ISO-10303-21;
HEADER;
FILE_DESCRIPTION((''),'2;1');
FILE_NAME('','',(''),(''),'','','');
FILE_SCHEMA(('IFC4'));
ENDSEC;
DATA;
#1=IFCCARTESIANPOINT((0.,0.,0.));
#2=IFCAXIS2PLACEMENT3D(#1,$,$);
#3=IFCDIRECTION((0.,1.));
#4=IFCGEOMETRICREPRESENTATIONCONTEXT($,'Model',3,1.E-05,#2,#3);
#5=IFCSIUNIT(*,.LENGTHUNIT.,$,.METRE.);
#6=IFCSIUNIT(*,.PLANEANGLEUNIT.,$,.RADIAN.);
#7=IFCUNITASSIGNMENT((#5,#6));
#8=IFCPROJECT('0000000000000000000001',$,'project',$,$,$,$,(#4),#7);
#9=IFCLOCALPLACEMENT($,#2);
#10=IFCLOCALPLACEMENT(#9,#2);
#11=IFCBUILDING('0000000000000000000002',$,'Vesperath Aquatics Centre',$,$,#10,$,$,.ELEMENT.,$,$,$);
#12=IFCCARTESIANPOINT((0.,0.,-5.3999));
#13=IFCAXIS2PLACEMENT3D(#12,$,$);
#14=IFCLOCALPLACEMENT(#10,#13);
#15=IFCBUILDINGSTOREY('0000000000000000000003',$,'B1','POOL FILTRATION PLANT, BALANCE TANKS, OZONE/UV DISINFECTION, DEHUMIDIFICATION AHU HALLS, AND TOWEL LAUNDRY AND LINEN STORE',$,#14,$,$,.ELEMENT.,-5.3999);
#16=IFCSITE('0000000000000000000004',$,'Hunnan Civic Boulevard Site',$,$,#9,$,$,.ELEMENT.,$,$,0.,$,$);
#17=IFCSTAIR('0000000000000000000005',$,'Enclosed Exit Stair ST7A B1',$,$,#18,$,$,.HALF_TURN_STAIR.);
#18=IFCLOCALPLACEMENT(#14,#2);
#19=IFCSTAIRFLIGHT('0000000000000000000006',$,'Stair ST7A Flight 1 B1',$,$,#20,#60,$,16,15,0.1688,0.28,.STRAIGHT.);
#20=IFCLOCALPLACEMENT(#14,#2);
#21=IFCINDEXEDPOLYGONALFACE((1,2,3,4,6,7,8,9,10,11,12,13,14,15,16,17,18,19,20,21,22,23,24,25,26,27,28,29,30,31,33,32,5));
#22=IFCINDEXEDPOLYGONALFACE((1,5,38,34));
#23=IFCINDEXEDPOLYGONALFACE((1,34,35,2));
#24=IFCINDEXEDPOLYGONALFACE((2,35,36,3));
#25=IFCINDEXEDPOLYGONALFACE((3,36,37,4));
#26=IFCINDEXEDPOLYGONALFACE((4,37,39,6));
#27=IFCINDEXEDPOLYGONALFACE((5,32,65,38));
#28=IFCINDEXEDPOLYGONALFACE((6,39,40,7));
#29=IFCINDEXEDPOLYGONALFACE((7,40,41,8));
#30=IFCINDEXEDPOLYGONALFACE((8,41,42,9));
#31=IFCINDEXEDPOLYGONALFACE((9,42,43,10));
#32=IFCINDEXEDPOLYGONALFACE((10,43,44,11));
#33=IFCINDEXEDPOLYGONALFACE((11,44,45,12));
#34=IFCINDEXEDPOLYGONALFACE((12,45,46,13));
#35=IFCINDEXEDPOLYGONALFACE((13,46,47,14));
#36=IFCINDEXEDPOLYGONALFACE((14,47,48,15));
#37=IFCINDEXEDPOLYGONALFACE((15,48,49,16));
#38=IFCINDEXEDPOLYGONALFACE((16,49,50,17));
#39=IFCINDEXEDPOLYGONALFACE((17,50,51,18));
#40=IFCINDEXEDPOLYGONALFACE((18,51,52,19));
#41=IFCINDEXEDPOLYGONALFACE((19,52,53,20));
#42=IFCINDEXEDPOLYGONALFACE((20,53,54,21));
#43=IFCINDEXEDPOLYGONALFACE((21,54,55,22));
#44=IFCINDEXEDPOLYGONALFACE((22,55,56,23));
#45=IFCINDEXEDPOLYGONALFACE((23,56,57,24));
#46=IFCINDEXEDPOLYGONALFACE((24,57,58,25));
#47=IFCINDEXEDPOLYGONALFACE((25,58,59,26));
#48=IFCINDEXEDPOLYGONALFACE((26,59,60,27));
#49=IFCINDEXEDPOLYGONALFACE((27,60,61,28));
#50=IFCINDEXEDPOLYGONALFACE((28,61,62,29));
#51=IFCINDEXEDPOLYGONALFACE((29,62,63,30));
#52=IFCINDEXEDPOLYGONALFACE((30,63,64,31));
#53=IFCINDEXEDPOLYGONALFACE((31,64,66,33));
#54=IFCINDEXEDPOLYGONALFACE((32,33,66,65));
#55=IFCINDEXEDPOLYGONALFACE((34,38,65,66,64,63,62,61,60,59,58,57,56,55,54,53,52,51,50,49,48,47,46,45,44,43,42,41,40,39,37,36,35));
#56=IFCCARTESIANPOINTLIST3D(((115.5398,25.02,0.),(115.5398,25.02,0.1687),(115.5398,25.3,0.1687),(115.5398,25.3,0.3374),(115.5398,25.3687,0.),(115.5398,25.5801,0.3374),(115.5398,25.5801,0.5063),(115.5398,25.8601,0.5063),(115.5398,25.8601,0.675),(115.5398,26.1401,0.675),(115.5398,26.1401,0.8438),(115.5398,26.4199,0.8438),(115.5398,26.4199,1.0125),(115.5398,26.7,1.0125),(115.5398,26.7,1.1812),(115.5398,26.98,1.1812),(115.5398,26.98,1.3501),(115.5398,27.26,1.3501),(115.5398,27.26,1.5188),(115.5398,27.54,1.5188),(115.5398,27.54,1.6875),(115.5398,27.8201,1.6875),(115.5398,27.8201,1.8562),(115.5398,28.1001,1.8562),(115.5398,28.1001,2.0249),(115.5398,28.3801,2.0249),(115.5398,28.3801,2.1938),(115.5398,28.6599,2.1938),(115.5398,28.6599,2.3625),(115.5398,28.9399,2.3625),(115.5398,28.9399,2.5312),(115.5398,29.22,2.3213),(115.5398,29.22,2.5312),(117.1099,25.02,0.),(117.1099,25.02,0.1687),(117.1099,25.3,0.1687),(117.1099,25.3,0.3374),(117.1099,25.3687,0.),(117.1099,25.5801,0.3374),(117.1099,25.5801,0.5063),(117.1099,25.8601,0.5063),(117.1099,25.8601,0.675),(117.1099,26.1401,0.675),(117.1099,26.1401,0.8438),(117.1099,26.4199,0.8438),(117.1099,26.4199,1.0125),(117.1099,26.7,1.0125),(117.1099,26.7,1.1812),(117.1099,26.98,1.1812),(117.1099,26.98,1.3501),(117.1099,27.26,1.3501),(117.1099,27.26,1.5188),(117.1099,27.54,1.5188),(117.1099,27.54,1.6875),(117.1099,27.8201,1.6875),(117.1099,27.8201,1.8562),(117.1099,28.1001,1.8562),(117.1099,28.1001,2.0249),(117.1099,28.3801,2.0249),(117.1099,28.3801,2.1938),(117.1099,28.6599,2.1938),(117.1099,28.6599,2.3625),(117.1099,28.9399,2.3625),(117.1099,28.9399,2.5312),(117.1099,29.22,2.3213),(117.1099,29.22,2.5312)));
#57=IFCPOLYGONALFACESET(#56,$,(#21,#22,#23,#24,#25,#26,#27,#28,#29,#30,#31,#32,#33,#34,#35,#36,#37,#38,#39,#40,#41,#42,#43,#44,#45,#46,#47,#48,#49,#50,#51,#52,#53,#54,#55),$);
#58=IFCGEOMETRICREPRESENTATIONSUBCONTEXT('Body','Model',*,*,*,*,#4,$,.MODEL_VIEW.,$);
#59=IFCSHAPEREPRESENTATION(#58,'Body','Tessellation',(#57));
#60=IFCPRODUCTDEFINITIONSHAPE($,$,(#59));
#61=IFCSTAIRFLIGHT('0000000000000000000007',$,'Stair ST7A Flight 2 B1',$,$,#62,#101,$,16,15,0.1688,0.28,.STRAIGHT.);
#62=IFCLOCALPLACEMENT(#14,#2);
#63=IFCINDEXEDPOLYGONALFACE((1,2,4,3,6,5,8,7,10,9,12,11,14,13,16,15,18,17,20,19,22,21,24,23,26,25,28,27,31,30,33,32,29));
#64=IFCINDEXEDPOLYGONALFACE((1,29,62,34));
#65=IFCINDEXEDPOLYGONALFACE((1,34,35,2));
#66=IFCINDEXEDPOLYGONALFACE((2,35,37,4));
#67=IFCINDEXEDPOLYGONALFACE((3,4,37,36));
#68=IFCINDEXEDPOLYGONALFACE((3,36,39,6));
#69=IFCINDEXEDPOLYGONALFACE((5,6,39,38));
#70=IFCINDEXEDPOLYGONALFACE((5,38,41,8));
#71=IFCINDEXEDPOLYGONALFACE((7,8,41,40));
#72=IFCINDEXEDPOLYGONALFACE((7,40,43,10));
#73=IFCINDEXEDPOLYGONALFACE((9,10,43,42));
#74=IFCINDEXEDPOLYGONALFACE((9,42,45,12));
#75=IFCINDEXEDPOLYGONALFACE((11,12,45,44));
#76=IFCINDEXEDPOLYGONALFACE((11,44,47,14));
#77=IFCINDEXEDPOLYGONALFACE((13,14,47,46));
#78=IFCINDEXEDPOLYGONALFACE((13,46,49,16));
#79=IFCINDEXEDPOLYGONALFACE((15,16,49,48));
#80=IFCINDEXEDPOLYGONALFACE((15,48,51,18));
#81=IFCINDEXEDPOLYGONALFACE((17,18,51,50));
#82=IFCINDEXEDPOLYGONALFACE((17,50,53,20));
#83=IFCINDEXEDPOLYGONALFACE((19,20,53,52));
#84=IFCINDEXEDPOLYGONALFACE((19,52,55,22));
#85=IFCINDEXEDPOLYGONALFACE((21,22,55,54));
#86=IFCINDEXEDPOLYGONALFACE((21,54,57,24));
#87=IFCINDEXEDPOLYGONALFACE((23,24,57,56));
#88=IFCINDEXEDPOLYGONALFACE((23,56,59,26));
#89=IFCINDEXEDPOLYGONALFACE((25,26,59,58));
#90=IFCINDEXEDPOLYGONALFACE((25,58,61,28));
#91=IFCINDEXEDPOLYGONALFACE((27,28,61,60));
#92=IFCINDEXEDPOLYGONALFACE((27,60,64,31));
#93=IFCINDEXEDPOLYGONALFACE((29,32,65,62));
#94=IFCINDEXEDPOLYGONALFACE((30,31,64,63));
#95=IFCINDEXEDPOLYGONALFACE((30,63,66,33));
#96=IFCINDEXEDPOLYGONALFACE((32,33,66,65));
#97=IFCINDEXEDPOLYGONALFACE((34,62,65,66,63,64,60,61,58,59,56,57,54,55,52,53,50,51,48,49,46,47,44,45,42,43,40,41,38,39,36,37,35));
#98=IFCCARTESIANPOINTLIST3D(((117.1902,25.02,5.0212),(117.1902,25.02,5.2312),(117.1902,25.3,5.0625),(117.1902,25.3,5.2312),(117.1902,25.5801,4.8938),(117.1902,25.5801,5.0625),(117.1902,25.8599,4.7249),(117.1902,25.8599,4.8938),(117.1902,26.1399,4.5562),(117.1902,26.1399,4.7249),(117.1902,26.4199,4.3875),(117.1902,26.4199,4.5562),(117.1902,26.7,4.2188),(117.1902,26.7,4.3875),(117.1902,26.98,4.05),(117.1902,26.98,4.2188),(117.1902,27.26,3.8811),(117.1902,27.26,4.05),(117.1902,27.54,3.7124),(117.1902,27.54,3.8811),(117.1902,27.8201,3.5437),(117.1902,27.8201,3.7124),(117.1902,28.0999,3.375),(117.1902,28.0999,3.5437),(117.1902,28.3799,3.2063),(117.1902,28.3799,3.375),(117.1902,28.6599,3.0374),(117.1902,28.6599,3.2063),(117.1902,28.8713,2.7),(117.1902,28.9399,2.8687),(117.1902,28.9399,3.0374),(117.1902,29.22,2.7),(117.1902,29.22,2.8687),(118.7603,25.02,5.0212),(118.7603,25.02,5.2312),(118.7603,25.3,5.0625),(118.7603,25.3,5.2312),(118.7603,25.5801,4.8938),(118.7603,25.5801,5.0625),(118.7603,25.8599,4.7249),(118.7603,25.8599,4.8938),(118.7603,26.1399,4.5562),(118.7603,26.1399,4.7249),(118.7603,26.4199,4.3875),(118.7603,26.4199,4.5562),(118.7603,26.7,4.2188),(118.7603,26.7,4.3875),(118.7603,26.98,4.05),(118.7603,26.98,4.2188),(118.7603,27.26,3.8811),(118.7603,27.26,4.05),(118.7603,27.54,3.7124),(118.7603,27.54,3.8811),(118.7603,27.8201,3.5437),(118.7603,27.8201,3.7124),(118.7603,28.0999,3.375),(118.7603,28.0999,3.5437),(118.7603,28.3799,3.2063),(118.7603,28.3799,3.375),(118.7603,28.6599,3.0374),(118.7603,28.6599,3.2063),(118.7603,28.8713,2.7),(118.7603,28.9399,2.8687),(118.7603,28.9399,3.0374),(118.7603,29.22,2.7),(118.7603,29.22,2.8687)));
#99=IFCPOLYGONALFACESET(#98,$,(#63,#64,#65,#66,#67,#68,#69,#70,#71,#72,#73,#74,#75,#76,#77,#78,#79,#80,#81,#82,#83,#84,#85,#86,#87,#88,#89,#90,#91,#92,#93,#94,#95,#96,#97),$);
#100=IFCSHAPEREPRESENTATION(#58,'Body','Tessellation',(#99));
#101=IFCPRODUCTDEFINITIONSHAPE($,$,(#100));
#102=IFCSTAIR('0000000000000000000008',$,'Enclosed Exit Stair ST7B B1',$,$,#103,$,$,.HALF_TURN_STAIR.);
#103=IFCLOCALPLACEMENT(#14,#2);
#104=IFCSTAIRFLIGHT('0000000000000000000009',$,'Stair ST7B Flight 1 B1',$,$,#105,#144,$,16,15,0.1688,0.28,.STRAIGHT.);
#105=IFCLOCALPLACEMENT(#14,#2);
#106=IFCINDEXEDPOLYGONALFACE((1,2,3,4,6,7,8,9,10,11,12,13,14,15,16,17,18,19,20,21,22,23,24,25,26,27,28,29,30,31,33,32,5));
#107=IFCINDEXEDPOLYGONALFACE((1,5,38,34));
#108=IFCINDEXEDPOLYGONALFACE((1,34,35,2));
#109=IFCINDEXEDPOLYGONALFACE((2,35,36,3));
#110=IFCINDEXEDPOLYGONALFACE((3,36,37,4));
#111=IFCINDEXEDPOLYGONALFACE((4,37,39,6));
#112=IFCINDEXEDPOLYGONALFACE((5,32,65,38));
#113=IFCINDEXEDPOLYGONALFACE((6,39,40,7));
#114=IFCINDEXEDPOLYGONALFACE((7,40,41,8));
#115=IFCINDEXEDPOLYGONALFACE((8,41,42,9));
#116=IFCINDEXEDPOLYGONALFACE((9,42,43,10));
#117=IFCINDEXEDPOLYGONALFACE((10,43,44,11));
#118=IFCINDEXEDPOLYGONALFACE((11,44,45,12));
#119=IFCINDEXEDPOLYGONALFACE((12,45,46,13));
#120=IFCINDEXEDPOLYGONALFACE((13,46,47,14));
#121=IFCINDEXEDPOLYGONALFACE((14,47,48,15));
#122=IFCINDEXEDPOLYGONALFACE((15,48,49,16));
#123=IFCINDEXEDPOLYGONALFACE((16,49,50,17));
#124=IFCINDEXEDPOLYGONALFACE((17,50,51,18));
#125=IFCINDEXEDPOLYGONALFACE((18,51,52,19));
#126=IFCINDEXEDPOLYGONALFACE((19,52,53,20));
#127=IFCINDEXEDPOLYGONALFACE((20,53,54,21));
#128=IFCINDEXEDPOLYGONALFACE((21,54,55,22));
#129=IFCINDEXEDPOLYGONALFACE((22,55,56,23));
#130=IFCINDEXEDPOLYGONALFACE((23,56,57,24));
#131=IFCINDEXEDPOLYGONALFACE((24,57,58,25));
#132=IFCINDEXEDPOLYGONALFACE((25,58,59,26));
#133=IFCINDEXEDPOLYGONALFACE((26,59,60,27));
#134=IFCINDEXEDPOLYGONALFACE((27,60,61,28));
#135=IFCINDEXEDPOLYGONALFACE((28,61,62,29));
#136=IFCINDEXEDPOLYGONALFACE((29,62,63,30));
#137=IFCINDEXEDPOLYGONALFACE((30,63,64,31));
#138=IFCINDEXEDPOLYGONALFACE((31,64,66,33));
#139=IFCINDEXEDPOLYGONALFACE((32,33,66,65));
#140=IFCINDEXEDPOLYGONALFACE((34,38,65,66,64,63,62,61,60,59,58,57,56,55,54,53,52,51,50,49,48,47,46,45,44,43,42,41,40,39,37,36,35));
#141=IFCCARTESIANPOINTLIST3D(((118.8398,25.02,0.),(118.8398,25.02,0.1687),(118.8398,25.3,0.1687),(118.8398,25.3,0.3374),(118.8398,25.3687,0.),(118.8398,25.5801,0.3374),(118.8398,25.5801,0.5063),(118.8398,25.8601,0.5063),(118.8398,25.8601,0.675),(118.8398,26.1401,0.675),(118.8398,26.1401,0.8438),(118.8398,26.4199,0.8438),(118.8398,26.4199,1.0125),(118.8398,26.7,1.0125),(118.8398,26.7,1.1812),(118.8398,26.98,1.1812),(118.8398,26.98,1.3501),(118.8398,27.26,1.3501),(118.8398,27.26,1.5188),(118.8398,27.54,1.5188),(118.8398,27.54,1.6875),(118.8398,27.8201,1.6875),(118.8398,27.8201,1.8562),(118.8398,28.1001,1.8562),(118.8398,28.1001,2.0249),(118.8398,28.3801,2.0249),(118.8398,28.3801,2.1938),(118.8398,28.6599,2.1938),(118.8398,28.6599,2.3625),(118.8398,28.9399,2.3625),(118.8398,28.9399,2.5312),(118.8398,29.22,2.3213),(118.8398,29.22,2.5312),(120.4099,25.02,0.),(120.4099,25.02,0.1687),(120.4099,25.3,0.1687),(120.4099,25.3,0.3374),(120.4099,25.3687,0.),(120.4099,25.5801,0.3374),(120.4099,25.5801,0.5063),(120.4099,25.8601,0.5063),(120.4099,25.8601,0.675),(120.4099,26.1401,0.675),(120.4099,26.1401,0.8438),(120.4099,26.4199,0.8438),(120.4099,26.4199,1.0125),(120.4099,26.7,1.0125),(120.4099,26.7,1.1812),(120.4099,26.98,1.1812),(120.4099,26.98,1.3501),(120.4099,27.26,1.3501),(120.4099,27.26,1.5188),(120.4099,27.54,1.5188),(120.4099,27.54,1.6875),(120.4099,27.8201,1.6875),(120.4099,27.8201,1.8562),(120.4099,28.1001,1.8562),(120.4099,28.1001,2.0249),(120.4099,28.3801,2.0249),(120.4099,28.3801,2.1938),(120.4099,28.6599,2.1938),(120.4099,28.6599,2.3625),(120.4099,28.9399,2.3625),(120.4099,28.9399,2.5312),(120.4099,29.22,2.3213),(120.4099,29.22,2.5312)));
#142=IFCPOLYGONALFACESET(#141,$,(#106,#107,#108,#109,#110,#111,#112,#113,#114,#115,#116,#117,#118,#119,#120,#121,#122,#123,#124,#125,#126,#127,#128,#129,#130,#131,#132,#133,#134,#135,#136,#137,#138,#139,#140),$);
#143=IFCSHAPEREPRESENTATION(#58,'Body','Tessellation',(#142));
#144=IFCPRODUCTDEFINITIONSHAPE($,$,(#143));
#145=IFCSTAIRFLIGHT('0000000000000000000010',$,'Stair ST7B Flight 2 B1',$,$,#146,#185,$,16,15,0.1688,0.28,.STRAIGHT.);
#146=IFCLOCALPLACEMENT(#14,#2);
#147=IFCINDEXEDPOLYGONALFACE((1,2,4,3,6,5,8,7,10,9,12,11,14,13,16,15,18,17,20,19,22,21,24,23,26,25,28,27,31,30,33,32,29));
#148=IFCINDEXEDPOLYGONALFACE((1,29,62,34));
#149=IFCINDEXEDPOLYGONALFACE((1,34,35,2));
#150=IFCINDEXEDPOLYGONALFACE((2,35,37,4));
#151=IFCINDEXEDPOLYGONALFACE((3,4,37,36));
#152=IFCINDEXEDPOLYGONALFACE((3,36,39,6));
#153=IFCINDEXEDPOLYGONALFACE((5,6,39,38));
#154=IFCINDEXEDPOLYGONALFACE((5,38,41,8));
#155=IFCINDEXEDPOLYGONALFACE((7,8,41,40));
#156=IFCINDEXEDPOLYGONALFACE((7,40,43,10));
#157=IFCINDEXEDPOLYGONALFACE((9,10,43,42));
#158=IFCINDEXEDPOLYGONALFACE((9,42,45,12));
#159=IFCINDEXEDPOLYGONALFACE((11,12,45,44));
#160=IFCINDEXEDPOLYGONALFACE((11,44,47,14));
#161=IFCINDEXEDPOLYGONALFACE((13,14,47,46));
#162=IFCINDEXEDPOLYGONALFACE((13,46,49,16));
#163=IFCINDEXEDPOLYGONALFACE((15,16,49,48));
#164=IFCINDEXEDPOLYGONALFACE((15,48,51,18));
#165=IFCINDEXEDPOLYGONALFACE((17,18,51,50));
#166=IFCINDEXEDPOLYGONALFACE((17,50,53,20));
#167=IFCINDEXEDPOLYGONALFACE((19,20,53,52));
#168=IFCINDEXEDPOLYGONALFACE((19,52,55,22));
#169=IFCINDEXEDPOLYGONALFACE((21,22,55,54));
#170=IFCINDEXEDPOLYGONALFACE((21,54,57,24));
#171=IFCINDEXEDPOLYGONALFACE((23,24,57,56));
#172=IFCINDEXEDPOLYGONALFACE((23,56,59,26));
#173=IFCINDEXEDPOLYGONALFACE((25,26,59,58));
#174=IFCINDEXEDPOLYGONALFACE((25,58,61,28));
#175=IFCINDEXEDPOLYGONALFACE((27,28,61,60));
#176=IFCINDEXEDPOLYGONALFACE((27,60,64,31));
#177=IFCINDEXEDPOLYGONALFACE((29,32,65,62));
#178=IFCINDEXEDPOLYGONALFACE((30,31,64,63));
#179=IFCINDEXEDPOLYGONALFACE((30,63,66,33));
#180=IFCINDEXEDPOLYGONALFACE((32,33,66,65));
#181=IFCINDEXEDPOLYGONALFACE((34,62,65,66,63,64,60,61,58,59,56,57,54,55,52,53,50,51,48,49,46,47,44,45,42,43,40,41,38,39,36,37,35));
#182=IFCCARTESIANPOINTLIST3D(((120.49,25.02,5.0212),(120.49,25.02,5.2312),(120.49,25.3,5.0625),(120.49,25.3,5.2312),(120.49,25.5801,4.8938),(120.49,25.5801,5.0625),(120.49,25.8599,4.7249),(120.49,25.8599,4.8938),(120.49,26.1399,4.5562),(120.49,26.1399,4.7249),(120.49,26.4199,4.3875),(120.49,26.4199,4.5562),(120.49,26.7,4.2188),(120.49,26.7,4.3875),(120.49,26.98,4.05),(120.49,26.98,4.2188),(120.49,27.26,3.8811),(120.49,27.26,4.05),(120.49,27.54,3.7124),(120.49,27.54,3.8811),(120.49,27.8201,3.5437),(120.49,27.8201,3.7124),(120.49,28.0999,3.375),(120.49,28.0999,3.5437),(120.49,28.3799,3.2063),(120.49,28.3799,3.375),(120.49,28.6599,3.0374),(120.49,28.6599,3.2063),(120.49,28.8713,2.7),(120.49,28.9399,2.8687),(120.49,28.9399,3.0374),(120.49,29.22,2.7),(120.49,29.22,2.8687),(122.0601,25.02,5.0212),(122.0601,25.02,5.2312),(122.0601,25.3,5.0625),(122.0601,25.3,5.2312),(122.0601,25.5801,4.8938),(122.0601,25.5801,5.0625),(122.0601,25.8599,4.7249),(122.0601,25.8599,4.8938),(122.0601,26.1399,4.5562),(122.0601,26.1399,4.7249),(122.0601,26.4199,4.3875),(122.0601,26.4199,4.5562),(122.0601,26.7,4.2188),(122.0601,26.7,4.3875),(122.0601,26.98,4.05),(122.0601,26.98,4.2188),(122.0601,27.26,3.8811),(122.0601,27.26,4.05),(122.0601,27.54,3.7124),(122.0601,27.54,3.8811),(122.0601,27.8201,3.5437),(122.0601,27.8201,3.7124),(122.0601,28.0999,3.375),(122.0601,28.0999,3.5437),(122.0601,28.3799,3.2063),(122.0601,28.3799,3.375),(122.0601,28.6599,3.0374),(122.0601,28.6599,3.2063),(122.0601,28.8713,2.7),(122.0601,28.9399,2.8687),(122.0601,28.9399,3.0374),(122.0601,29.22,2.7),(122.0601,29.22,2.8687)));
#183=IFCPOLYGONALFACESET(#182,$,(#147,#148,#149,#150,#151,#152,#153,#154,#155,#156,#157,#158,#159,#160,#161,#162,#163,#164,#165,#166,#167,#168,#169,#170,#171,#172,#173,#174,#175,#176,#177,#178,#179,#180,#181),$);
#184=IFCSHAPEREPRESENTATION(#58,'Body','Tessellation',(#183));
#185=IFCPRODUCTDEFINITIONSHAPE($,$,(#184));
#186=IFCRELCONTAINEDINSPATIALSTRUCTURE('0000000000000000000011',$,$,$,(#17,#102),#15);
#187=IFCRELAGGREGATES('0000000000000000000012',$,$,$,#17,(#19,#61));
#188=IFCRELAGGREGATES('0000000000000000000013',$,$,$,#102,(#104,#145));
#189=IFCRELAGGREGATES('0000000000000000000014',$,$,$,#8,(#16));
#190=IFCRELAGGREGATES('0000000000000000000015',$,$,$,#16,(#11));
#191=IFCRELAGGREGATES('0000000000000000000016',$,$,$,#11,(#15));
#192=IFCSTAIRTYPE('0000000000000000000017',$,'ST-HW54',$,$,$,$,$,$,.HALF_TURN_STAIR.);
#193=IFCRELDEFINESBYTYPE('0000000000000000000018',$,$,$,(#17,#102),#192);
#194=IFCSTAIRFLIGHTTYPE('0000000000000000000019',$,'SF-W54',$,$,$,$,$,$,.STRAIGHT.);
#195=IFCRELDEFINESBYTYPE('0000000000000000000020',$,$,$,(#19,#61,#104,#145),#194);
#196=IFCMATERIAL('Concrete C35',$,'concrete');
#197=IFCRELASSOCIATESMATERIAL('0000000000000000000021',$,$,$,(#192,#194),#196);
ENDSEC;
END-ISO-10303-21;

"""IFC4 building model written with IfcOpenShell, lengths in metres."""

from ifc_helpers import new_model, si_unit, direction, frame, origin, place, context, subcontext, project, spatial, polyline, outline, extrude, material, type_object, element, aggregate, save


model = new_model("IFC4")

# Units and contexts
model_context = context("Model", 3, precision=1e-05, world=origin(), true_north=direction((0.0, 1.0)))
body_context = subcontext(model_context, "Body", "Model", "MODEL_VIEW")
ifc_project = project(units=[si_unit("LENGTHUNIT", "METRE"), si_unit("PLANEANGLEUNIT", "RADIAN")], contexts=[model_context])

# Site, building, storey
site_placement = place(None, origin())
site = spatial("IfcSite", under=ifc_project, at=site_placement, Name="Hunnan Civic Boulevard Site", CompositionType="ELEMENT", RefElevation=0.0)
building_placement = place(site_placement, origin())
building = spatial("IfcBuilding", under=site, at=building_placement, Name="Vesperath Aquatics Centre", CompositionType="ELEMENT")
storey_placement = place(building_placement, frame((0.0, 0.0, -5.3999)))
storey = spatial("IfcBuildingStorey", under=building, at=storey_placement, Name="B1", Description="POOL FILTRATION PLANT, BALANCE TANKS, OZONE/UV DISINFECTION, DEHUMIDIFICATION AHU HALLS, AND TOWEL LAUNDRY AND LINEN STORE", CompositionType="ELEMENT", Elevation=-5.3999)

# Shared definitions
ifc_material_1 = material(Name="Concrete C35", Category="concrete")

# Stairs, stair flights
stair_type = type_object("IfcStairType", Name="ST-HW54", PredefinedType="HALF_TURN_STAIR", material=ifc_material_1)
stair_1_placement = place(storey_placement, origin())
stair_1 = element("IfcStair", 1, at=stair_1_placement, inside=storey, type_object=stair_type, Name="Enclosed Exit Stair ST7A B1", PredefinedType="HALF_TURN_STAIR")
stair_flight_type = type_object("IfcStairFlightType", Name="SF-W54", PredefinedType="STRAIGHT", material=ifc_material_1)
stair_flight_1_placement = place(storey_placement, frame((116.325, 25.02, 0.0), z_axis=(0.0, 0.0, 1.0), x_axis=(0.0, 1.0, 0.0)))
stair_flight_1 = element("IfcStairFlight", 2, at=stair_flight_1_placement, type_object=stair_flight_type, Name="Stair ST7A Flight 1 B1", NumberOfRisers=16, NumberOfTreads=15, PredefinedType="STRAIGHT", RiserHeight=0.1688, TreadLength=0.28, context=body_context, shape_type="SweptSolid", body=[
    extrude(outline(polyline([(0.0, 0.0), (0.0, 0.1687), (0.28, 0.1687), (0.28, 0.3374), (0.5601, 0.3374), (0.5601, 0.5063), (0.8401, 0.5063), (0.8401, 0.675), (1.1201, 0.675), (1.1201, 0.8438), (1.3999, 0.8438), (1.3999, 1.0125), (1.6799, 1.0125), (1.6799, 1.1812), (1.96, 1.1812), (1.96, 1.3501), (2.24, 1.3501), (2.24, 1.5188), (2.52, 1.5188), (2.52, 1.6875), (2.8, 1.6875), (2.8, 1.8562), (3.0801, 1.8562), (3.0801, 2.0249), (3.3601, 2.0249), (3.3601, 2.1938), (3.6399, 2.1938), (3.6399, 2.3625), (3.9199, 2.3625), (3.9199, 2.5312), (4.2, 2.5312), (4.2, 2.7), (4.2, 2.3213), (0.3486, 0.0), (0.0, 0.0)])), frame((0.0, 0.7852, 0.0), z_axis=(0.0, -1.0, 0.0), x_axis=(1.0, 0.0, 0.0)), (0.0, 0.0, 1.0), 1.5701),
])
stair_flight_2_placement = place(storey_placement, frame((117.9751, 29.22, 2.7), z_axis=(0.0, 0.0, 1.0), x_axis=(0.0, -1.0, 0.0)))
stair_flight_2 = element("IfcStairFlight", 3, at=stair_flight_2_placement, type_object=stair_flight_type, Name="Stair ST7A Flight 2 B1", NumberOfRisers=16, NumberOfTreads=15, PredefinedType="STRAIGHT", RiserHeight=0.1688, TreadLength=0.28, context=body_context, shape_type="SweptSolid", body=[
    extrude(outline(polyline([(0.0, 0.0), (0.0, 0.1687), (0.28, 0.1687), (0.28, 0.3374), (0.5601, 0.3374), (0.5601, 0.5063), (0.8401, 0.5063), (0.8401, 0.675), (1.1201, 0.675), (1.1201, 0.8438), (1.3999, 0.8438), (1.3999, 1.0125), (1.6799, 1.0125), (1.6799, 1.1812), (1.96, 1.1812), (1.96, 1.3501), (2.24, 1.3501), (2.24, 1.5188), (2.52, 1.5188), (2.52, 1.6875), (2.8, 1.6875), (2.8, 1.8562), (3.0801, 1.8562), (3.0801, 2.0249), (3.3601, 2.0249), (3.3601, 2.1938), (3.6399, 2.1938), (3.6399, 2.3625), (3.9199, 2.3625), (3.9199, 2.5312), (4.2, 2.5312), (4.2, 2.7), (4.2, 2.3213), (0.3486, 0.0), (0.0, 0.0)])), frame((0.0, 0.7852, 0.0), z_axis=(0.0, -1.0, 0.0), x_axis=(1.0, 0.0, 0.0)), (0.0, 0.0, 1.0), 1.5701),
])
aggregate(stair_1, [stair_flight_1, stair_flight_2])
stair_2_placement = place(storey_placement, origin())
stair_2 = element("IfcStair", 4, at=stair_2_placement, inside=storey, type_object=stair_type, Name="Enclosed Exit Stair ST7B B1", PredefinedType="HALF_TURN_STAIR")
stair_flight_3_placement = place(storey_placement, frame((119.625, 25.02, 0.0), z_axis=(0.0, 0.0, 1.0), x_axis=(0.0, 1.0, 0.0)))
stair_flight_3 = element("IfcStairFlight", 5, at=stair_flight_3_placement, type_object=stair_flight_type, Name="Stair ST7B Flight 1 B1", NumberOfRisers=16, NumberOfTreads=15, PredefinedType="STRAIGHT", RiserHeight=0.1688, TreadLength=0.28, context=body_context, shape_type="SweptSolid", body=[
    extrude(outline(polyline([(0.0, 0.0), (0.0, 0.1687), (0.28, 0.1687), (0.28, 0.3374), (0.5601, 0.3374), (0.5601, 0.5063), (0.8401, 0.5063), (0.8401, 0.675), (1.1201, 0.675), (1.1201, 0.8438), (1.3999, 0.8438), (1.3999, 1.0125), (1.6799, 1.0125), (1.6799, 1.1812), (1.96, 1.1812), (1.96, 1.3501), (2.24, 1.3501), (2.24, 1.5188), (2.52, 1.5188), (2.52, 1.6875), (2.8, 1.6875), (2.8, 1.8562), (3.0801, 1.8562), (3.0801, 2.0249), (3.3601, 2.0249), (3.3601, 2.1938), (3.6399, 2.1938), (3.6399, 2.3625), (3.9199, 2.3625), (3.9199, 2.5312), (4.2, 2.5312), (4.2, 2.7), (4.2, 2.3213), (0.3486, 0.0), (0.0, 0.0)])), frame((0.0, 0.7852, 0.0), z_axis=(0.0, -1.0, 0.0), x_axis=(1.0, 0.0, 0.0)), (0.0, 0.0, 1.0), 1.5701),
])
stair_flight_4_placement = place(storey_placement, frame((121.2749, 29.22, 2.7), z_axis=(0.0, 0.0, 1.0), x_axis=(0.0, -1.0, 0.0)))
stair_flight_4 = element("IfcStairFlight", 6, at=stair_flight_4_placement, type_object=stair_flight_type, Name="Stair ST7B Flight 2 B1", NumberOfRisers=16, NumberOfTreads=15, PredefinedType="STRAIGHT", RiserHeight=0.1688, TreadLength=0.28, context=body_context, shape_type="SweptSolid", body=[
    extrude(outline(polyline([(0.0, 0.0), (0.0, 0.1687), (0.28, 0.1687), (0.28, 0.3374), (0.5601, 0.3374), (0.5601, 0.5063), (0.8401, 0.5063), (0.8401, 0.675), (1.1201, 0.675), (1.1201, 0.8438), (1.3999, 0.8438), (1.3999, 1.0125), (1.6799, 1.0125), (1.6799, 1.1812), (1.96, 1.1812), (1.96, 1.3501), (2.24, 1.3501), (2.24, 1.5188), (2.52, 1.5188), (2.52, 1.6875), (2.8, 1.6875), (2.8, 1.8562), (3.0801, 1.8562), (3.0801, 2.0249), (3.3601, 2.0249), (3.3601, 2.1938), (3.6399, 2.1938), (3.6399, 2.3625), (3.9199, 2.3625), (3.9199, 2.5312), (4.2, 2.5312), (4.2, 2.7), (4.2, 2.3213), (0.3486, 0.0), (0.0, 0.0)])), frame((0.0, 0.7852, 0.0), z_axis=(0.0, -1.0, 0.0), x_axis=(1.0, 0.0, 0.0)), (0.0, 0.0, 1.0), 1.5701),
])
aggregate(stair_2, [stair_flight_3, stair_flight_4])

save(model, "model.ifc")
